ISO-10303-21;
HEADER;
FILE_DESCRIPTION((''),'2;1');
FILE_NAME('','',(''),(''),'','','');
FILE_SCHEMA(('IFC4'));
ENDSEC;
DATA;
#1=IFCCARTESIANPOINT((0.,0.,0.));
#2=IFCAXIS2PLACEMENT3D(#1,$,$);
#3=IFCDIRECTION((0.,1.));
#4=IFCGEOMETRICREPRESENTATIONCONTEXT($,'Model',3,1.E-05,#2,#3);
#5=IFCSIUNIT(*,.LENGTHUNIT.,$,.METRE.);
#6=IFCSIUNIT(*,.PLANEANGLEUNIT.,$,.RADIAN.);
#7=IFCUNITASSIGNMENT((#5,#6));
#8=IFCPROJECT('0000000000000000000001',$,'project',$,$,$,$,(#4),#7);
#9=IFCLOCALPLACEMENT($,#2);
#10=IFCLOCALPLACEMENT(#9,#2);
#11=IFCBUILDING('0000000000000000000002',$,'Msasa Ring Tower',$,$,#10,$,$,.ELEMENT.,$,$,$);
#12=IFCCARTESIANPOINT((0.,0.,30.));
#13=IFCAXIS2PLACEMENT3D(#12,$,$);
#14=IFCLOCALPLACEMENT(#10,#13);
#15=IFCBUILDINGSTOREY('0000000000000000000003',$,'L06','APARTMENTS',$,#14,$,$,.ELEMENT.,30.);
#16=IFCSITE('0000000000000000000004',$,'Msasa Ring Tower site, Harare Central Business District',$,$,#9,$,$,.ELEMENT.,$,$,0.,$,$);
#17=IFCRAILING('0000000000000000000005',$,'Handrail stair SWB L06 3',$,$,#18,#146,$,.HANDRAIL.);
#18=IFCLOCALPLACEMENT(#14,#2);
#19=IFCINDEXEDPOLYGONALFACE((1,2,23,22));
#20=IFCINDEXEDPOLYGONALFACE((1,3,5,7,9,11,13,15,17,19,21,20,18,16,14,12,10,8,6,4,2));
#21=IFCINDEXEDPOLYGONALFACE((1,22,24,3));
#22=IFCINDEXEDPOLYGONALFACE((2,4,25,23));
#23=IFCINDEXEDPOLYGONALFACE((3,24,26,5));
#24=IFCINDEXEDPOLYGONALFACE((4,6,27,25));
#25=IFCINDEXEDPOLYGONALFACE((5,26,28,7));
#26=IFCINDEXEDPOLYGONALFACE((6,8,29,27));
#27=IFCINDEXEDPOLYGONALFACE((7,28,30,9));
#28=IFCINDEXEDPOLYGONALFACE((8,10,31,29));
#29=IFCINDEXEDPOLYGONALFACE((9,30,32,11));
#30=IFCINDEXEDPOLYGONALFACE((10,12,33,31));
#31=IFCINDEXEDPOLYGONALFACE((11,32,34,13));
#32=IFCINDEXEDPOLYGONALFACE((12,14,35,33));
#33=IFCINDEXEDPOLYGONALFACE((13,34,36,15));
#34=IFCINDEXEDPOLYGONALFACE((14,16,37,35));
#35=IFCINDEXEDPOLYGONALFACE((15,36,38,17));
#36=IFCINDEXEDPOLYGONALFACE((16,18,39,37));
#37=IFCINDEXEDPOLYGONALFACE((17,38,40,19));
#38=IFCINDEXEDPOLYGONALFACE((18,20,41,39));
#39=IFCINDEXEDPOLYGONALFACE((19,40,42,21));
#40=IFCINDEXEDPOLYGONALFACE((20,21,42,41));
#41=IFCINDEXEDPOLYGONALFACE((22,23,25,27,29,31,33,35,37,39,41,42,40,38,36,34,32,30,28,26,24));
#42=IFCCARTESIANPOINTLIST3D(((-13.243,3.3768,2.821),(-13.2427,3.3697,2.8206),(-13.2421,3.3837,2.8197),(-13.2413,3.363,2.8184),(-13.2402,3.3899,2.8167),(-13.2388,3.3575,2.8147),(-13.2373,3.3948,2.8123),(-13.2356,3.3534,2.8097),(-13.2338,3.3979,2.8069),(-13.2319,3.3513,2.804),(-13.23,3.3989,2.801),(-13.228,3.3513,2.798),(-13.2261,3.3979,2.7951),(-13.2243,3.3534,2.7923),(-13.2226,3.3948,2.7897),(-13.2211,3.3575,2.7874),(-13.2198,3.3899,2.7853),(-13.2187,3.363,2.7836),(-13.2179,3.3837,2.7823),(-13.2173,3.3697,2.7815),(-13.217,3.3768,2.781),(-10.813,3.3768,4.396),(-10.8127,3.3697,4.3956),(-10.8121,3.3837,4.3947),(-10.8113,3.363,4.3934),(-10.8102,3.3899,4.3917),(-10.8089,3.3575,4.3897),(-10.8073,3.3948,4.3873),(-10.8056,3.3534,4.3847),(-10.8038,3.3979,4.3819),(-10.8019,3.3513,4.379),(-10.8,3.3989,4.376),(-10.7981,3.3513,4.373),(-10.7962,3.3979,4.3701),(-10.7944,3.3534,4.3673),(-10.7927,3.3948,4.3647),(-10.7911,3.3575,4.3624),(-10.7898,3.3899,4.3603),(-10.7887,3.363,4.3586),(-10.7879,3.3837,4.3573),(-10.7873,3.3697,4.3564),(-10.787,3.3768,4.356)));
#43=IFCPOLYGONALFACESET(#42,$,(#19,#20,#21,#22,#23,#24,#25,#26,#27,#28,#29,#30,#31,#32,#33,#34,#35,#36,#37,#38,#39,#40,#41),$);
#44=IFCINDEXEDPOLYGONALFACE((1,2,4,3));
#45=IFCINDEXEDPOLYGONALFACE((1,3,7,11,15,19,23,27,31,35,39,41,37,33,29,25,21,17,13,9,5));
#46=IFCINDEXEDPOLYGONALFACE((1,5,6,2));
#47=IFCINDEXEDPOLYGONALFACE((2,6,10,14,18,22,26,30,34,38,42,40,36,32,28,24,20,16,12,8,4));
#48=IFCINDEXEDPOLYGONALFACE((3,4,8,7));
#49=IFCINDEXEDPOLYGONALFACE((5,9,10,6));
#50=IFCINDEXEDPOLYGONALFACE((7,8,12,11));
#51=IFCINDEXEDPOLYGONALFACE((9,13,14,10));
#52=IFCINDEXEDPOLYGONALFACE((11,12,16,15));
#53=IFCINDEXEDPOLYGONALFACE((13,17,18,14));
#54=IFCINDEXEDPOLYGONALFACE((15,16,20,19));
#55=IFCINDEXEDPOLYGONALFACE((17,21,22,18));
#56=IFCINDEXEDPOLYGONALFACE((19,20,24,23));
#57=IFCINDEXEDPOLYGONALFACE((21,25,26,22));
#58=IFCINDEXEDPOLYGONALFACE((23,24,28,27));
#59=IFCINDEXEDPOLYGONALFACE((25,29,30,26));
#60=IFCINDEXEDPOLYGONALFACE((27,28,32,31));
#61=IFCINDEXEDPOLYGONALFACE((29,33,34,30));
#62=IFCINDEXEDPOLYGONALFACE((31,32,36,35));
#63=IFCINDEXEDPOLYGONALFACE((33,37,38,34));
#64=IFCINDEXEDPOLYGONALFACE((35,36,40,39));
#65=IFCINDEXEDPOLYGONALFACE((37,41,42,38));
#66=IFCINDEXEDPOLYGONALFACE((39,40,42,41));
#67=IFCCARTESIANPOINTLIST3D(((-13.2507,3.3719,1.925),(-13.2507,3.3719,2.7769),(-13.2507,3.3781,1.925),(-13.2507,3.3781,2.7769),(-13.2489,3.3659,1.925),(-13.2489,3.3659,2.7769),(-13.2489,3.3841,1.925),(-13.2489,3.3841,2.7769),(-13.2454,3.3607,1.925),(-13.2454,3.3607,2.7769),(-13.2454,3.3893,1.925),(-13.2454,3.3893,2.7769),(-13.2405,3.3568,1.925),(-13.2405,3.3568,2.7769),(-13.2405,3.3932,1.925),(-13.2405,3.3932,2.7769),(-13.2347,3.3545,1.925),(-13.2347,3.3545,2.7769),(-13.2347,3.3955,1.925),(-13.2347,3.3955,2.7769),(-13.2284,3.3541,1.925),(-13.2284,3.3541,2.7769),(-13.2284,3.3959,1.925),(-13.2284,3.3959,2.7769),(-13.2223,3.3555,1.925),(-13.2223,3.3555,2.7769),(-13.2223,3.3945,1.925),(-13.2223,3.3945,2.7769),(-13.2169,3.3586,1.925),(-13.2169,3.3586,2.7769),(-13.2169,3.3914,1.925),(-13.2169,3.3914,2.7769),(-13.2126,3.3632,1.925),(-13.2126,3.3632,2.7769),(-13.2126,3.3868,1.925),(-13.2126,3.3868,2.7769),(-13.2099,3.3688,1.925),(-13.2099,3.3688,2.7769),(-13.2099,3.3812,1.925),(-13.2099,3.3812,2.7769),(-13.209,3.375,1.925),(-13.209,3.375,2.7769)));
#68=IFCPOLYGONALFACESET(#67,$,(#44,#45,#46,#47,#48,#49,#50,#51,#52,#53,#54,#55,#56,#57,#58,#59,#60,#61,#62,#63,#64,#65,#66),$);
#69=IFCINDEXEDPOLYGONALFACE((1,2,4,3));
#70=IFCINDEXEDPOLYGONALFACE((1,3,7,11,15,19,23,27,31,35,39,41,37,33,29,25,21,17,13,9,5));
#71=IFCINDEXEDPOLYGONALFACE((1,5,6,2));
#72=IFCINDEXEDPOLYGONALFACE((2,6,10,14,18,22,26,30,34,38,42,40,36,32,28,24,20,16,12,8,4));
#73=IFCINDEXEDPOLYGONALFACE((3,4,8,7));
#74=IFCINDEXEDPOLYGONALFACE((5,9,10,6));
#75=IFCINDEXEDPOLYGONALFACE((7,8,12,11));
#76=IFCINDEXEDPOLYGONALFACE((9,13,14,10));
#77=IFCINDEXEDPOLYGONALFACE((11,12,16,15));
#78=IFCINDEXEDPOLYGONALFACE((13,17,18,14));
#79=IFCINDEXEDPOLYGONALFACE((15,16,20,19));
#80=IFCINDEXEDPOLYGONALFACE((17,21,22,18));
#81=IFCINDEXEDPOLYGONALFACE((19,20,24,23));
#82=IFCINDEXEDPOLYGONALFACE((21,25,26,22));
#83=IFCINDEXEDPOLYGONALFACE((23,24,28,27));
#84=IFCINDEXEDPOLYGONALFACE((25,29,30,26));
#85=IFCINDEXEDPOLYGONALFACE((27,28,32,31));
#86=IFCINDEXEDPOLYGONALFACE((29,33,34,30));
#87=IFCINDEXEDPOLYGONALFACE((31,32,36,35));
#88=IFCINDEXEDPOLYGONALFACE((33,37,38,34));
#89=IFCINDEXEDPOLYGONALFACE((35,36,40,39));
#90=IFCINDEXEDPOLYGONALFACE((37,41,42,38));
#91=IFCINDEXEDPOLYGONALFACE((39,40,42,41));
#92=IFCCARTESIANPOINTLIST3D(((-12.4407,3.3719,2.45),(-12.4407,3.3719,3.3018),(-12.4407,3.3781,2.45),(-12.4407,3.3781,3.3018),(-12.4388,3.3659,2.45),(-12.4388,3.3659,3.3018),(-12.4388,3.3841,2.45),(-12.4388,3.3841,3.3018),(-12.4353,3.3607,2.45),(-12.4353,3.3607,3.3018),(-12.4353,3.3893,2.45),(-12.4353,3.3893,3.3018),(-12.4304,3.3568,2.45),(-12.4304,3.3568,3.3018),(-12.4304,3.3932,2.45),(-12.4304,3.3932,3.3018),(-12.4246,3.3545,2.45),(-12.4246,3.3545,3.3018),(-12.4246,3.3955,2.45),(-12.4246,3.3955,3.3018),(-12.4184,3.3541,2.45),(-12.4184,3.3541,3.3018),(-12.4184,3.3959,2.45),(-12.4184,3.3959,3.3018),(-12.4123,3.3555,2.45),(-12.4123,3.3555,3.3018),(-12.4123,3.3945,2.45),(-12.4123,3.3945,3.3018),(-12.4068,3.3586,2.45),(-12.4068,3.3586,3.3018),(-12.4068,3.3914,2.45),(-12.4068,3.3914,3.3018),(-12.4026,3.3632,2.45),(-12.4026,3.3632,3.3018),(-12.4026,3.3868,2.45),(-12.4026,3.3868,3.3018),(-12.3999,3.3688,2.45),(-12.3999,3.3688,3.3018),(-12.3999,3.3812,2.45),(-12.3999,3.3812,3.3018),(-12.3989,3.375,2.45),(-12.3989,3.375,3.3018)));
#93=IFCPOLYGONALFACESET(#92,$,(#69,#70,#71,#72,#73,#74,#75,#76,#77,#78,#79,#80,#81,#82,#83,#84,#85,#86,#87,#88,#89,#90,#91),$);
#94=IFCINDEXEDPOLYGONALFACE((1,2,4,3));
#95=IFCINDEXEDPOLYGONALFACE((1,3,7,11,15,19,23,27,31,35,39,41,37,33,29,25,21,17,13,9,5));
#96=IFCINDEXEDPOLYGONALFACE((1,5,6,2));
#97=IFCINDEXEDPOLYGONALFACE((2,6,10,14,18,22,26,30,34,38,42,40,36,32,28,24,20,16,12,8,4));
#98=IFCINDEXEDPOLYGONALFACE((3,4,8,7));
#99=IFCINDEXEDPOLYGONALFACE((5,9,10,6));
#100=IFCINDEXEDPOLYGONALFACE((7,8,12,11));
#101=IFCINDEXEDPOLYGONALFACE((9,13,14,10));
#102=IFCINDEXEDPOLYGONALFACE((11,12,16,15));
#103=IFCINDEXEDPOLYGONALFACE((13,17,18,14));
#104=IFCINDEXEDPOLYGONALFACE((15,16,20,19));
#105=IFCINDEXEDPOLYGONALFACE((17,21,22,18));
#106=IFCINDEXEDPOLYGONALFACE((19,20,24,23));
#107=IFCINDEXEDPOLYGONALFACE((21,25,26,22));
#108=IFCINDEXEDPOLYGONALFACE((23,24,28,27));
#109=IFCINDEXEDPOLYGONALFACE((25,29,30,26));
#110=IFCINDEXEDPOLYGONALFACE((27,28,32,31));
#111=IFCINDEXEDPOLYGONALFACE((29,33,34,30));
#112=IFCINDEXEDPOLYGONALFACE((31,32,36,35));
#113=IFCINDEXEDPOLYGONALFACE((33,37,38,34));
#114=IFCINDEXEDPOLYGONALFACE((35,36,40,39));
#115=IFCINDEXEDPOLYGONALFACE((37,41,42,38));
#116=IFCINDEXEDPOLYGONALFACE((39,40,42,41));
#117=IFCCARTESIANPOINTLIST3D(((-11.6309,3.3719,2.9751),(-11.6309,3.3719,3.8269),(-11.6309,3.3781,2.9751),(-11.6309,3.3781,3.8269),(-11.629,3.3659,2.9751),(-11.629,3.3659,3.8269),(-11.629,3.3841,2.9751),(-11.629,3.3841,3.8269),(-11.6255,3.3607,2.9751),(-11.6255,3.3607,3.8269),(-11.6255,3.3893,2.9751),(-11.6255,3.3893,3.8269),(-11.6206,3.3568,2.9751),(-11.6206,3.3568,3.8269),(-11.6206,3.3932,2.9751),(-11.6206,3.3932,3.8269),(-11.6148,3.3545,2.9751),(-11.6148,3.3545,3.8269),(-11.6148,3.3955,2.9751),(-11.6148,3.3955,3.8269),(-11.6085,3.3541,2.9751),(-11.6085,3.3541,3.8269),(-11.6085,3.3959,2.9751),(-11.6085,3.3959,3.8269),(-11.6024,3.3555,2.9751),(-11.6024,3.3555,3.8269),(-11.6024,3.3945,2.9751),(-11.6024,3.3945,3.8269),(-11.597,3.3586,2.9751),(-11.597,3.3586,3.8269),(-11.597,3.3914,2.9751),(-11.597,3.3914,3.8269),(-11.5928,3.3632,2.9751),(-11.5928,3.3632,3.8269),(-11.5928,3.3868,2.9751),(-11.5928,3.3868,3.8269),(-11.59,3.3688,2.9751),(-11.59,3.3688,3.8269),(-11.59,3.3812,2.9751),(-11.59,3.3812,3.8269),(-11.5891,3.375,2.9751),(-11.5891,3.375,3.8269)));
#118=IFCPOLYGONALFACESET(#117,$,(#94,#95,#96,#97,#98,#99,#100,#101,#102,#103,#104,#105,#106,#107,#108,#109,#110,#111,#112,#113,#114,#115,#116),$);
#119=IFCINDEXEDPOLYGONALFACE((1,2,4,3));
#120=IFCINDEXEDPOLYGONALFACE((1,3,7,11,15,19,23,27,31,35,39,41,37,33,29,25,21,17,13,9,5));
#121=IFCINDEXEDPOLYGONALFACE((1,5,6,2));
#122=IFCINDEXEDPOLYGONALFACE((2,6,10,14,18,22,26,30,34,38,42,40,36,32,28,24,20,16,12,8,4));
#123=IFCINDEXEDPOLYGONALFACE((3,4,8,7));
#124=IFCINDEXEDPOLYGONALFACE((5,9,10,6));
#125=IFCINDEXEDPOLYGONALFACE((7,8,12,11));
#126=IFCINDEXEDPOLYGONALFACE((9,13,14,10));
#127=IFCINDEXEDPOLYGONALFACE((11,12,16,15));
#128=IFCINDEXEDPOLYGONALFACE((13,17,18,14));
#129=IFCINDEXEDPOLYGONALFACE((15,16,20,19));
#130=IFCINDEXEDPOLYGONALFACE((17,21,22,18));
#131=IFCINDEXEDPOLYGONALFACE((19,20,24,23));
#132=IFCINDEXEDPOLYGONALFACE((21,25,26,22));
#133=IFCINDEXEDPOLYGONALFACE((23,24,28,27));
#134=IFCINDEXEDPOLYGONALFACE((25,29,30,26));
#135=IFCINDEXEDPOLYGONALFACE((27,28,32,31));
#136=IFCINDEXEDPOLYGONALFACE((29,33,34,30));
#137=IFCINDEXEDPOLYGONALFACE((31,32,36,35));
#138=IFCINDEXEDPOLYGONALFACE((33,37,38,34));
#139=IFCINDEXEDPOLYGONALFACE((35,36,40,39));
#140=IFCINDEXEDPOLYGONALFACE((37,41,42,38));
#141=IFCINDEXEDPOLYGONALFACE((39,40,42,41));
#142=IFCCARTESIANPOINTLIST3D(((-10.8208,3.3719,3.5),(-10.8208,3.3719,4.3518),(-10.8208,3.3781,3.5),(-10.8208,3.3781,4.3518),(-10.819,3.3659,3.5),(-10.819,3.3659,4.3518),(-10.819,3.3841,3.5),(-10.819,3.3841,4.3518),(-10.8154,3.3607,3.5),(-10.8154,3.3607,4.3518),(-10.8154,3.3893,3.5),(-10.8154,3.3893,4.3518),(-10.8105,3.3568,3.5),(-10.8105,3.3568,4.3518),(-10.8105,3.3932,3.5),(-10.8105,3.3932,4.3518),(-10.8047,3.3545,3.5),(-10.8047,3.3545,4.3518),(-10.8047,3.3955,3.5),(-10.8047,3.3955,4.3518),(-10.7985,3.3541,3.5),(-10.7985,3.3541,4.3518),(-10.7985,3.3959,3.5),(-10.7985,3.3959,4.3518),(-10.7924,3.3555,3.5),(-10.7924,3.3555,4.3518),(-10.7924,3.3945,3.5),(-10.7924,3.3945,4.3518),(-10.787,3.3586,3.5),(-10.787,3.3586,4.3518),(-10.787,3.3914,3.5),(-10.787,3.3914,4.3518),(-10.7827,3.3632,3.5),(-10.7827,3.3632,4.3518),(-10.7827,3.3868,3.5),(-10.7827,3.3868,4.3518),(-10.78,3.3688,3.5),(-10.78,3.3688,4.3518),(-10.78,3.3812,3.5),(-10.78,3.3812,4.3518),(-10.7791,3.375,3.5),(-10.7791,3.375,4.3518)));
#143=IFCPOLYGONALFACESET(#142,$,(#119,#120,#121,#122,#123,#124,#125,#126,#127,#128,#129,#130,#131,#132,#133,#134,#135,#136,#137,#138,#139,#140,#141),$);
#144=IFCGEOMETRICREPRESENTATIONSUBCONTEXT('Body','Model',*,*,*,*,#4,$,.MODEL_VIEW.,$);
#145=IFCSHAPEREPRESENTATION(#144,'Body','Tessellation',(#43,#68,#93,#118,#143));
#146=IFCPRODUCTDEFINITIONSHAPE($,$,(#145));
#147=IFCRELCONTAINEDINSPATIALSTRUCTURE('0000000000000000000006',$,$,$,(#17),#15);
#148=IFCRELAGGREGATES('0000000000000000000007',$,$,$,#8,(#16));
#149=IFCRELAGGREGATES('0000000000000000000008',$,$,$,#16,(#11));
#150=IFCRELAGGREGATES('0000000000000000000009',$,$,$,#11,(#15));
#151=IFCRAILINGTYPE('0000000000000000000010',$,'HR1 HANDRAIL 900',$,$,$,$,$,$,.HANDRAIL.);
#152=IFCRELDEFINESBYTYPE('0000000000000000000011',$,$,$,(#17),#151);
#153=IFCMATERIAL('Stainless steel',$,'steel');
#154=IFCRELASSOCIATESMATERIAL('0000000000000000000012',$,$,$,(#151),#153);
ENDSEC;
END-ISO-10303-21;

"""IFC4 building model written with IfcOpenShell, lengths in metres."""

from ifc_helpers import new_model, si_unit, direction, frame, origin, origin_2d, place, context, subcontext, project, spatial, circle, extrude, material, type_object, element, save


model = new_model("IFC4")

# Units and contexts
model_context = context("Model", 3, precision=1e-05, world=origin(), true_north=direction((0.0, 1.0)))
body_context = subcontext(model_context, "Body", "Model", "MODEL_VIEW")
ifc_project = project(units=[si_unit("LENGTHUNIT", "METRE"), si_unit("PLANEANGLEUNIT", "RADIAN")], contexts=[model_context])

# Site, building, storey
site_placement = place(None, origin())
site = spatial("IfcSite", under=ifc_project, at=site_placement, Name="Msasa Ring Tower site, Harare Central Business District", CompositionType="ELEMENT", RefElevation=0.0)
building_placement = place(site_placement, origin())
building = spatial("IfcBuilding", under=site, at=building_placement, Name="Msasa Ring Tower", CompositionType="ELEMENT")
storey_placement = place(building_placement, frame((0.0, 0.0, 30.0)))
storey = spatial("IfcBuildingStorey", under=building, at=storey_placement, Name="L06", Description="APARTMENTS", CompositionType="ELEMENT", Elevation=30.0)

# Railing
ifc_material_1 = material(Name="Stainless steel", Category="steel")
railing_type = type_object("IfcRailingType", Name="HR1 HANDRAIL 900", PredefinedType="HANDRAIL", material=ifc_material_1)
for number, where, name in (
    (1, (-13.23, 3.375, 1.925), "Handrail stair SWB L06 3"),
):
    element("IfcRailing", number, at=place(storey_placement, frame(where)), inside=storey, type_object=railing_type, Name=name, PredefinedType="HANDRAIL", context=body_context, shape_type="SweptSolid", body=[
        extrude(circle(Radius=0.0239, at=origin_2d()), frame((0.0, 0.0, 0.876), z_axis=(0.839154, 0.0, 0.543894), x_axis=(0.0, 1.0, 0.0)), (0.0, 0.0, 1.0), 2.8958),
        extrude(circle(Radius=0.021, at=origin_2d()), origin(), (0.0, 0.0, 1.0), 0.8518),
        extrude(circle(Radius=0.021, at=origin_2d()), frame((0.8101, 0.0, 0.5249)), (0.0, 0.0, 1.0), 0.8518),
        extrude(circle(Radius=0.021, at=origin_2d()), frame((1.6199, 0.0, 1.05)), (0.0, 0.0, 1.0), 0.8518),
        extrude(circle(Radius=0.021, at=origin_2d()), frame((2.4299, 0.0, 1.575)), (0.0, 0.0, 1.0), 0.8518),
    ])

save(model, "model.ifc")
